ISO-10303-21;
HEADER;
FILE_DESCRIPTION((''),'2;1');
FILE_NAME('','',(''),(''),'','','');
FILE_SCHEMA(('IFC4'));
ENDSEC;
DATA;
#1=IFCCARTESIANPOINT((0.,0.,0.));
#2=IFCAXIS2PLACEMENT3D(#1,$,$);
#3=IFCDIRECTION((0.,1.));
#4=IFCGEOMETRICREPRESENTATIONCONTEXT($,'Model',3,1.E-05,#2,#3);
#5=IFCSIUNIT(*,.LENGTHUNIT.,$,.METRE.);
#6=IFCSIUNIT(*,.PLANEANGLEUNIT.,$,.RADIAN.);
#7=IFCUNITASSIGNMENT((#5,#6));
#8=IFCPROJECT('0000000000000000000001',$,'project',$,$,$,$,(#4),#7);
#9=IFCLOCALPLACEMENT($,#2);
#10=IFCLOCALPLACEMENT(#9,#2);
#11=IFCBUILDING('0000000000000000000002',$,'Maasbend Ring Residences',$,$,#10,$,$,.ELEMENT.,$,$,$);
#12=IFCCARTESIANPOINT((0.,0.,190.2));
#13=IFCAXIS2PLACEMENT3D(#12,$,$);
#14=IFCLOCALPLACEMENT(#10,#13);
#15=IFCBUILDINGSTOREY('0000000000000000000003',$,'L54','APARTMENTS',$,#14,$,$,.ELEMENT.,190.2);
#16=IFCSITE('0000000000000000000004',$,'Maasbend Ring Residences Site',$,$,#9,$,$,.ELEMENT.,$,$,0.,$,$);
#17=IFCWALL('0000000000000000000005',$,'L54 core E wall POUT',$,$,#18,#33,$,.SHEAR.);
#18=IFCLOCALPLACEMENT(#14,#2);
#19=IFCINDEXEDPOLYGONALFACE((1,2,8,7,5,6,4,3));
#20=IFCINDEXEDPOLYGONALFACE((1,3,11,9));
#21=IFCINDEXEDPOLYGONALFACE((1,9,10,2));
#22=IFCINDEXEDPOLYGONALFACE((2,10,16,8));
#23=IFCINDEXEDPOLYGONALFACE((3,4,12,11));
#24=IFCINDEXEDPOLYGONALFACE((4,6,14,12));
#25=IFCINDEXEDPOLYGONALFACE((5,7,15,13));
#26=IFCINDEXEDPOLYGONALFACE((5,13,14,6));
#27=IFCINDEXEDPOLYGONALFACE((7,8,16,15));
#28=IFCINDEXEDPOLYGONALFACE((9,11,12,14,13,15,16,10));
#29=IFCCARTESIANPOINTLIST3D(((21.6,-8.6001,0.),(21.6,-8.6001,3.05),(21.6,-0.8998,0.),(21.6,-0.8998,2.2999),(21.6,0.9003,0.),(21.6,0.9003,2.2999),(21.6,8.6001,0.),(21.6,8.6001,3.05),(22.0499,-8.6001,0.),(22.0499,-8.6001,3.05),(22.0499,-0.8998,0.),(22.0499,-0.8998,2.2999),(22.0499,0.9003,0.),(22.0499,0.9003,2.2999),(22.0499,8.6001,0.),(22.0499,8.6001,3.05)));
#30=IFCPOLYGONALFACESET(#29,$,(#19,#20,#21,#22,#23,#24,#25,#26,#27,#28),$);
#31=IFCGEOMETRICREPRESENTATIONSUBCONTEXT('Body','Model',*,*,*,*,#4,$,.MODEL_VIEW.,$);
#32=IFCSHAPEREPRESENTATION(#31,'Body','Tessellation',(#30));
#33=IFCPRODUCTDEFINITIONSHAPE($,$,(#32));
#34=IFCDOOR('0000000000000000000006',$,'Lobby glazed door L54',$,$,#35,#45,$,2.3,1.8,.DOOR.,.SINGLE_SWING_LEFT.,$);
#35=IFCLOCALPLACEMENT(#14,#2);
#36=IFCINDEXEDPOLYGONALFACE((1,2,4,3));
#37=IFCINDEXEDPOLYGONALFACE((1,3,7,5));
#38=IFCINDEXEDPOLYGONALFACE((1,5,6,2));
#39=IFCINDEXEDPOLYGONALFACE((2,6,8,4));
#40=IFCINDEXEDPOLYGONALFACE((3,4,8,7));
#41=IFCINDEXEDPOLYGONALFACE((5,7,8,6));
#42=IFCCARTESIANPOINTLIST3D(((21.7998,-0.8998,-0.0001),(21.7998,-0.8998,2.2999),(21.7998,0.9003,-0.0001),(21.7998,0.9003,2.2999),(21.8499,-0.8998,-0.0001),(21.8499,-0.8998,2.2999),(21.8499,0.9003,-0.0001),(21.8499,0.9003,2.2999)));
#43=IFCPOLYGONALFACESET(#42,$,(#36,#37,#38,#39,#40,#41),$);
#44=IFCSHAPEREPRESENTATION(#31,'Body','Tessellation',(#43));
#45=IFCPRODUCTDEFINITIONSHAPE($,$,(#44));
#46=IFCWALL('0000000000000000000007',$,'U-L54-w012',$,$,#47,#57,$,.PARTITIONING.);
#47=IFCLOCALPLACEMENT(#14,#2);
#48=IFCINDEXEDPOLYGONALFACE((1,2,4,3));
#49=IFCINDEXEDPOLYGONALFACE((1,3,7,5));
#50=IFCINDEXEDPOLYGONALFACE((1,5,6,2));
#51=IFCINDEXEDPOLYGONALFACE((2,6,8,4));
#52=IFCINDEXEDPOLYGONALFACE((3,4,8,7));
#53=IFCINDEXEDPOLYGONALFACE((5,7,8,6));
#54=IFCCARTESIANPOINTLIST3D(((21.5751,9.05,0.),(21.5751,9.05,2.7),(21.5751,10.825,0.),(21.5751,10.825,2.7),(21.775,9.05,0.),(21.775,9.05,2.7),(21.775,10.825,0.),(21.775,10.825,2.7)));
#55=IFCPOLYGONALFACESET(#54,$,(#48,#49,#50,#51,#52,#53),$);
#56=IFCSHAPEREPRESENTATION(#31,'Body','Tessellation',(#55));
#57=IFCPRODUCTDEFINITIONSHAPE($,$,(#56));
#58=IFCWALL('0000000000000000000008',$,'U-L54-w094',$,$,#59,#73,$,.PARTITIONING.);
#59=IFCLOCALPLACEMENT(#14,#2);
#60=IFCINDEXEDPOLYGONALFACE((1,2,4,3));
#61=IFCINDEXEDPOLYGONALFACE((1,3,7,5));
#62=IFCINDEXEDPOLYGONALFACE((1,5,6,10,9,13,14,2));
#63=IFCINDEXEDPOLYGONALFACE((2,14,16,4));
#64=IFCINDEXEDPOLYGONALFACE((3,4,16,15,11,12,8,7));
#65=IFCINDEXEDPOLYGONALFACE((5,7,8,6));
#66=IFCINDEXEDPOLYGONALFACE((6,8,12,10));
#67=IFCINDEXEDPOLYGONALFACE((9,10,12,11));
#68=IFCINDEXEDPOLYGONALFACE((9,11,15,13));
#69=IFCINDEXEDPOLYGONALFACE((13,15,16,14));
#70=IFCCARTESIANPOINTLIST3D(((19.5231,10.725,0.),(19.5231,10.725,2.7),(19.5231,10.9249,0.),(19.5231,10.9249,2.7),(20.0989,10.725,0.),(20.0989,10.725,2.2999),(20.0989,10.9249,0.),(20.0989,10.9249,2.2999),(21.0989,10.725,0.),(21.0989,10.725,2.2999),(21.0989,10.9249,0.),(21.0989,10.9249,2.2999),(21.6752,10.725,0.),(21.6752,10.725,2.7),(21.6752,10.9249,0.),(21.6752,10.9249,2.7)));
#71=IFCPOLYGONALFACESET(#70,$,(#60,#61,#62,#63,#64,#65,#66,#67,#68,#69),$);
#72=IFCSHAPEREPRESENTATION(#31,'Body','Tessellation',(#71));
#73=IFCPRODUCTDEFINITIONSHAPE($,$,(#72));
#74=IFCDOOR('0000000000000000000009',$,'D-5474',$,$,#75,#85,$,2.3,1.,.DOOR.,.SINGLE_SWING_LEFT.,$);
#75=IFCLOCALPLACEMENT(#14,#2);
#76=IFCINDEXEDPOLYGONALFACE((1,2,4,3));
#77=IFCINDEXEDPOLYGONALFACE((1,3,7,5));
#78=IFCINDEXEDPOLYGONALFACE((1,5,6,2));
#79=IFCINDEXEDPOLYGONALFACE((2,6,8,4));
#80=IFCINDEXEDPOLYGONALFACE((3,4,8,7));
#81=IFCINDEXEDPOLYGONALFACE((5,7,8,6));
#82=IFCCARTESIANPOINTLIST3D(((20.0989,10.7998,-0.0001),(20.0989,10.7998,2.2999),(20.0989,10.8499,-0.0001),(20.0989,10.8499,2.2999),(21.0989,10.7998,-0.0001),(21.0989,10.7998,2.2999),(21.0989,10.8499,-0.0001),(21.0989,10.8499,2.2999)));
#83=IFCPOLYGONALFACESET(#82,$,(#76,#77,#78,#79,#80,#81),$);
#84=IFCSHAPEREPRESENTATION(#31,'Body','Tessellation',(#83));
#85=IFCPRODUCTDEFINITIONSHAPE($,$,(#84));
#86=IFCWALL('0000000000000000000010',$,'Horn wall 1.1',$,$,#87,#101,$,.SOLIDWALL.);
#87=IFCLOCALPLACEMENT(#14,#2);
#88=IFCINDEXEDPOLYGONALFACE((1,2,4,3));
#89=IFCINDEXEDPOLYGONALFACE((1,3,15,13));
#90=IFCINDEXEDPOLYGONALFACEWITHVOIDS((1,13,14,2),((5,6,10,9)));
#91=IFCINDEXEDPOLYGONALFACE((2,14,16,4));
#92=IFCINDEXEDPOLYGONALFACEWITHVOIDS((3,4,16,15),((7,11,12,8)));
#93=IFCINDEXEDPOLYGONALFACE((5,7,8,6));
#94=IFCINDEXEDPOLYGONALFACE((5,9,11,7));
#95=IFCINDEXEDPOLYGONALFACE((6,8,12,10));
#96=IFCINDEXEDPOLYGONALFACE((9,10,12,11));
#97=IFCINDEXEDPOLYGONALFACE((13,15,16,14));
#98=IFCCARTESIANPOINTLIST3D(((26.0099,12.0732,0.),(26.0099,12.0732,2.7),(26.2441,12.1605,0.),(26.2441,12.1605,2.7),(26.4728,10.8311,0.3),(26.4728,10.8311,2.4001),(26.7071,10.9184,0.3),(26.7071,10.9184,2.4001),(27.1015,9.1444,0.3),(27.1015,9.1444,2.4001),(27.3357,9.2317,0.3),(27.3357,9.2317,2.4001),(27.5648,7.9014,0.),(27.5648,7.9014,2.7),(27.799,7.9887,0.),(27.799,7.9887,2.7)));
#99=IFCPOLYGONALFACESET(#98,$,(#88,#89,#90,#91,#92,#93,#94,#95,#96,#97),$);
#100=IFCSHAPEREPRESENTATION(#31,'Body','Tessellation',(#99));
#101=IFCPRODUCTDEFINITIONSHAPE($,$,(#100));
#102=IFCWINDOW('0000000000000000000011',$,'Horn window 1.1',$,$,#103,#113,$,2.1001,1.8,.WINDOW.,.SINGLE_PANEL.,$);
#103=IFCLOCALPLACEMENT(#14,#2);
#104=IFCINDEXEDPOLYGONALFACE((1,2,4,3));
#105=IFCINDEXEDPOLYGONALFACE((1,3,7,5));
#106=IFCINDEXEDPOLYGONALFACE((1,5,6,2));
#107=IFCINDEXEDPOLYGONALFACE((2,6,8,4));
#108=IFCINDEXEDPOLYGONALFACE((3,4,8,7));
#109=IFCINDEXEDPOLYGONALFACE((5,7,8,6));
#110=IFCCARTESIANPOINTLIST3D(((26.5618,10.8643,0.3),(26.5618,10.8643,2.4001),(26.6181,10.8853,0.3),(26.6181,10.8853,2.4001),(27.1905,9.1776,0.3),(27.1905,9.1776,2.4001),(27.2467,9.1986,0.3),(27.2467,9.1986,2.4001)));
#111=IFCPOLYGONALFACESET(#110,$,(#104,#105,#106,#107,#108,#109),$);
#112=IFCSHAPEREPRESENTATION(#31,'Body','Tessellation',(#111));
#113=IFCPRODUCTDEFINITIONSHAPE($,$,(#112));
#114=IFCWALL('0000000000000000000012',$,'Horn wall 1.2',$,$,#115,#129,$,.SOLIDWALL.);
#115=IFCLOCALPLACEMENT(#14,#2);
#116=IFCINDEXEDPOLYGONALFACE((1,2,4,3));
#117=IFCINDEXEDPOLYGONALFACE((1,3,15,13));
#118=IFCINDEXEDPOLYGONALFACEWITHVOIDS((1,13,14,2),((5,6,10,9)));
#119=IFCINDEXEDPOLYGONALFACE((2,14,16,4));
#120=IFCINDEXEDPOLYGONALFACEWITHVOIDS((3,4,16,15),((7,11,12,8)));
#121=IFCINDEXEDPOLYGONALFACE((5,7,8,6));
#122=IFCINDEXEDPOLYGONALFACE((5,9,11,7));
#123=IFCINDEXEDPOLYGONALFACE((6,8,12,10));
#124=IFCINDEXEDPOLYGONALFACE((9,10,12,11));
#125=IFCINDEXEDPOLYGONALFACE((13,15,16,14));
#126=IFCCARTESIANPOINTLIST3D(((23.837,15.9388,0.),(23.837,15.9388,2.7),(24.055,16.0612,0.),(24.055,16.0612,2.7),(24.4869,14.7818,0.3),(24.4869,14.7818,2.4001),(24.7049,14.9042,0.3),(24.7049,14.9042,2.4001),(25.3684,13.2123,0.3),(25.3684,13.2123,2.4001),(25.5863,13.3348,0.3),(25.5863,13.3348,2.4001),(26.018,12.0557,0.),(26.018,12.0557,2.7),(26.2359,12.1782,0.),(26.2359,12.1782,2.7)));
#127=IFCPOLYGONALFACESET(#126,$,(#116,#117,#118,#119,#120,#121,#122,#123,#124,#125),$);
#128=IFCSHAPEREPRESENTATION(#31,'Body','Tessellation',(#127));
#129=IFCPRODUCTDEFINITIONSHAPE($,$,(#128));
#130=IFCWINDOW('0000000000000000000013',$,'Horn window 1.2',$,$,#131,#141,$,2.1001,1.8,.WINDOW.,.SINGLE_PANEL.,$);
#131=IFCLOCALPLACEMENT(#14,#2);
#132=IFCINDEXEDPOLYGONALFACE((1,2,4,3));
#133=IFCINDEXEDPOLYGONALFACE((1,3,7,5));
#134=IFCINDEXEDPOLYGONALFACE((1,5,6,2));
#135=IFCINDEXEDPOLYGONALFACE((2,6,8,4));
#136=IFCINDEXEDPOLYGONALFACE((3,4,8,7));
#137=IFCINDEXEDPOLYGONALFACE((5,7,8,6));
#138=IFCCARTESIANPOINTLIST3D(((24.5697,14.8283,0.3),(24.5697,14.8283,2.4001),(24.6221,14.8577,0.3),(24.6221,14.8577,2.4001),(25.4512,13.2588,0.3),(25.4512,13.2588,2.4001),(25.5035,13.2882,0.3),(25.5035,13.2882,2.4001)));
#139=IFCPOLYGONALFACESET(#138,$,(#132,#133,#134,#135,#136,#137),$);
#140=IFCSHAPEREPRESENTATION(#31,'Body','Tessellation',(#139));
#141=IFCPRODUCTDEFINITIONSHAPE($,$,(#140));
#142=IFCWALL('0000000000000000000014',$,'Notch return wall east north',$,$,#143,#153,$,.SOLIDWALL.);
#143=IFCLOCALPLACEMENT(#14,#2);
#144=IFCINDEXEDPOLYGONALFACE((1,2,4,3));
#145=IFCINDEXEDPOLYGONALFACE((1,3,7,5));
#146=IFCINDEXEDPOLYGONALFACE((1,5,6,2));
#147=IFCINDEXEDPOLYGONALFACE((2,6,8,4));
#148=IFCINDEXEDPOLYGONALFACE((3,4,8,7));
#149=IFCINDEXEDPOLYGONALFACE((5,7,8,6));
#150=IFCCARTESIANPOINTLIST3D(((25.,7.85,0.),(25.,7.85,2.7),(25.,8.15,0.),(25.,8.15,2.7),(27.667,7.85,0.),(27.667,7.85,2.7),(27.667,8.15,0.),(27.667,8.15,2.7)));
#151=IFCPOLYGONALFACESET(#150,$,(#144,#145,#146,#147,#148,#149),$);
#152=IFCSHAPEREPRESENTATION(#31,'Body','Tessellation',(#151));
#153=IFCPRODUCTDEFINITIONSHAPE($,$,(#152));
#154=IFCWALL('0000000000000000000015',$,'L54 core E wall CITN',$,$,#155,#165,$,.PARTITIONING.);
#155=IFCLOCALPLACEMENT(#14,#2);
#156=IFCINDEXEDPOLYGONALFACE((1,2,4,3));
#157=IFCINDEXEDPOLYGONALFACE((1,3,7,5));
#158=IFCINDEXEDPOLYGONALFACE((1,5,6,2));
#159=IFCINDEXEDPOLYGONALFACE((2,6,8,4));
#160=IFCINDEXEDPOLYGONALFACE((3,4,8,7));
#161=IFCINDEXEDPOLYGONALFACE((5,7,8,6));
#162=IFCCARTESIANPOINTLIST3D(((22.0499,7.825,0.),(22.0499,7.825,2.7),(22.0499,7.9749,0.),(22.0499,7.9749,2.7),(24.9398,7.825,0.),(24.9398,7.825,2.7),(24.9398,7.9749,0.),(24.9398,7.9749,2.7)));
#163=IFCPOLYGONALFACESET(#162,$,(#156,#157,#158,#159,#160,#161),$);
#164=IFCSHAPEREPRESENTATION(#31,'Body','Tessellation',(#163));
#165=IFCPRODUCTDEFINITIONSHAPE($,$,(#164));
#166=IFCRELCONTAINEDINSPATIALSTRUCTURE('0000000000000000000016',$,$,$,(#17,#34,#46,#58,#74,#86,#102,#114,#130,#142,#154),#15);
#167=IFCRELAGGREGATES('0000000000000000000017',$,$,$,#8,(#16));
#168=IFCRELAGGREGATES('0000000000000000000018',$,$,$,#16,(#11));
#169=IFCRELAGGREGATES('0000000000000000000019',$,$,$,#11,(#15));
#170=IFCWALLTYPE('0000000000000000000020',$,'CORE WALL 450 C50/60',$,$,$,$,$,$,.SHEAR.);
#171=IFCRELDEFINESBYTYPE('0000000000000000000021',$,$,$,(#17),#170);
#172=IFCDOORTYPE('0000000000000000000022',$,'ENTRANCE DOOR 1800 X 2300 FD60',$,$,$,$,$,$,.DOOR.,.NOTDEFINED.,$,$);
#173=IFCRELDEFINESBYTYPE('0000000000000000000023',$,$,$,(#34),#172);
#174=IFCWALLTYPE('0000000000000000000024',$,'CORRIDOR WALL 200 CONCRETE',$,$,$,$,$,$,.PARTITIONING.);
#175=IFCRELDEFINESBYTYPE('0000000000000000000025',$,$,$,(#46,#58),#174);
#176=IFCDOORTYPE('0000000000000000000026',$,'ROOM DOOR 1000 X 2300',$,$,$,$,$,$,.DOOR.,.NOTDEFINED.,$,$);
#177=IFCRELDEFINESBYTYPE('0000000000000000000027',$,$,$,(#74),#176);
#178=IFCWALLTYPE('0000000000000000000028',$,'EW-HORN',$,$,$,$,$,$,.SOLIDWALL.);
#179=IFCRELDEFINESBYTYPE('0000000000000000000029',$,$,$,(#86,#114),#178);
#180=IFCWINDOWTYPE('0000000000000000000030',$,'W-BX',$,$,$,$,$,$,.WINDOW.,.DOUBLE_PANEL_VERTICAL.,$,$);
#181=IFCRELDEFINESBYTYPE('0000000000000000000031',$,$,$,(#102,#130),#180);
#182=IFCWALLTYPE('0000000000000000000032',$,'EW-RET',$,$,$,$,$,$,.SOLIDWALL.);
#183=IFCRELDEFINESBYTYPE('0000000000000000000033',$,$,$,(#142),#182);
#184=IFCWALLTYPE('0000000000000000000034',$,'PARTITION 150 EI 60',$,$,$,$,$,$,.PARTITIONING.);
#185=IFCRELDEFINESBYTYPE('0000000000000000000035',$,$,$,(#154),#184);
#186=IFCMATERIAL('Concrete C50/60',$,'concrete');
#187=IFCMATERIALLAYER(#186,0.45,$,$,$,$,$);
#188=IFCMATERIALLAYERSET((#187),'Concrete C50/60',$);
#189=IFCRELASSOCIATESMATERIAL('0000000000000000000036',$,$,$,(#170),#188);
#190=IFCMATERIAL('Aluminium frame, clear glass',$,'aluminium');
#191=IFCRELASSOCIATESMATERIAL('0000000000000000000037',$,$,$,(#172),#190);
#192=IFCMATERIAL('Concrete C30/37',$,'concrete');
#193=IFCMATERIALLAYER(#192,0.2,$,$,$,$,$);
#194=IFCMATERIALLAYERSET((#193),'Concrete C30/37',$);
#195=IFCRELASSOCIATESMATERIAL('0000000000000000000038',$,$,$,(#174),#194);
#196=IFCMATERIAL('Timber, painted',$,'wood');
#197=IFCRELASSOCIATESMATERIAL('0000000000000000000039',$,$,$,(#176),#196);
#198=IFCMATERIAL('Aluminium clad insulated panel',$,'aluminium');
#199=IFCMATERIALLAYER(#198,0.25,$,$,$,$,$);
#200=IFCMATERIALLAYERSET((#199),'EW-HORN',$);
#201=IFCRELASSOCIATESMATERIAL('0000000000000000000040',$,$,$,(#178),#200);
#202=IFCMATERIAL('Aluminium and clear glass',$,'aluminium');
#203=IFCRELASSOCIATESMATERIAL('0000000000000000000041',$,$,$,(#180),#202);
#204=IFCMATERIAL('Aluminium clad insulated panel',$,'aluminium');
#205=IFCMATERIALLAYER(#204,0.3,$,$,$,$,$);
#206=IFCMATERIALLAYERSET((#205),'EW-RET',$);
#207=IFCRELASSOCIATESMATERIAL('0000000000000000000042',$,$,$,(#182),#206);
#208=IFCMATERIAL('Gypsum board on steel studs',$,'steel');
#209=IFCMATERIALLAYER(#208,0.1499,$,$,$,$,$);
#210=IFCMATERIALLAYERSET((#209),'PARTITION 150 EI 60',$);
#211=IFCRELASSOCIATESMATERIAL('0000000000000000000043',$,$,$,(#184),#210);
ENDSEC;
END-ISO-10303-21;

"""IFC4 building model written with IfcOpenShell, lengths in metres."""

from ifc_helpers import new_model, si_unit, direction, frame, frame_2d, origin, place, context, subcontext, project, spatial, rectangle, extrude, material, layer, layer_set, type_object, element, fill, save


model = new_model("IFC4")

# Units and contexts
model_context = context("Model", 3, precision=1e-05, world=origin(), true_north=direction((0.0, 1.0)))
body_context = subcontext(model_context, "Body", "Model", "MODEL_VIEW")
ifc_project = project(units=[si_unit("LENGTHUNIT", "METRE"), si_unit("PLANEANGLEUNIT", "RADIAN")], contexts=[model_context])

# Site, building, storey
site_placement = place(None, origin())
site = spatial("IfcSite", under=ifc_project, at=site_placement, Name="Maasbend Ring Residences Site", CompositionType="ELEMENT", RefElevation=0.0)
building_placement = place(site_placement, origin())
building = spatial("IfcBuilding", under=site, at=building_placement, Name="Maasbend Ring Residences", CompositionType="ELEMENT")
storey_placement = place(building_placement, frame((0.0, 0.0, 190.2)))
storey = spatial("IfcBuildingStorey", under=building, at=storey_placement, Name="L54", Description="APARTMENTS", CompositionType="ELEMENT", Elevation=190.2)

# Wall, opening, door
ifc_material_1 = material(Name="Concrete C50/60", Category="concrete")
ifc_layer_1 = layer(ifc_material_1, 0.45)
ifc_layer_set_1 = layer_set([ifc_layer_1], Name="Concrete C50/60")
wall_type_1 = type_object("IfcWallType", Name="CORE WALL 450 C50/60", PredefinedType="SHEAR", material=ifc_layer_set_1)
wall_1_placement = place(storey_placement, frame((21.825, 8.6001, 0.0), z_axis=(0.0, 0.0, 1.0), x_axis=(0.0, -1.0, 0.0)))
wall_1 = element("IfcWall", 1, at=wall_1_placement, inside=storey, type_object=wall_type_1, Name="L54 core E wall POUT", PredefinedType="SHEAR", context=body_context, shape_type="SweptSolid", body=[
    extrude(rectangle(XDim=17.2002, YDim=0.45, at=frame_2d((8.6001, 0.0))), origin(), (0.0, 0.0, 1.0), 3.05),
])
opening_1_placement = place(wall_1_placement, frame((7.7, 0.0, 0.0)))
opening_1 = element("IfcOpeningElement", 2, at=opening_1_placement, cuts=wall_1, PredefinedType="OPENING", context=body_context, shape_type="SweptSolid", body=[
    extrude(rectangle(XDim=1.8, YDim=2.3, at=frame_2d((0.8999, 1.1499))), frame((0.0, 0.2349, 0.0), z_axis=(0.0, -1.0, 0.0), x_axis=(1.0, 0.0, 0.0)), (0.0, 0.0, 1.0), 0.47),
])
ifc_material_2 = material(Name="Aluminium frame, clear glass", Category="aluminium")
door_type_1 = type_object("IfcDoorType", Name="ENTRANCE DOOR 1800 X 2300 FD60", OperationType="NOTDEFINED", PredefinedType="DOOR", material=ifc_material_2)
door_1_placement = place(opening_1_placement, origin())
door_1 = element("IfcDoor", 3, at=door_1_placement, inside=storey, type_object=door_type_1, Name="Lobby glazed door L54", OperationType="SINGLE_SWING_LEFT", OverallHeight=2.3, OverallWidth=1.8, PredefinedType="DOOR", context=body_context, shape_type="SweptSolid", body=[
    extrude(rectangle(XDim=1.8, YDim=2.3, at=frame_2d((0.8999, 1.1499))), frame((0.0, 0.0249, 0.0), z_axis=(0.0, -1.0, 0.0), x_axis=(1.0, 0.0, 0.0)), (0.0, 0.0, 1.0), 0.05),
])
fill(opening_1, door_1)

# Wall
ifc_material_3 = material(Name="Concrete C30/37", Category="concrete")
ifc_layer_2 = layer(ifc_material_3, 0.2)
ifc_layer_set_2 = layer_set([ifc_layer_2], Name="Concrete C30/37")
wall_type_2 = type_object("IfcWallType", Name="CORRIDOR WALL 200 CONCRETE", PredefinedType="PARTITIONING", material=ifc_layer_set_2)
wall_2_placement = place(storey_placement, frame((21.675, 9.05, 0.0), z_axis=(0.0, 0.0, 1.0), x_axis=(0.0, 1.0, 0.0)))
element("IfcWall", 4, at=wall_2_placement, inside=storey, type_object=wall_type_2, Name="U-L54-w012", PredefinedType="PARTITIONING", context=body_context, shape_type="SweptSolid", body=[
    extrude(rectangle(XDim=1.7749, YDim=0.2, at=frame_2d((0.8875, 0.0))), origin(), (0.0, 0.0, 1.0), 2.7),
])

# Wall, opening, door
wall_3_placement = place(storey_placement, frame((19.5229, 10.825, 0.0), z_axis=(0.0, 0.0, 1.0), x_axis=(1.0, 0.0, 0.0)))
wall_3 = element("IfcWall", 5, at=wall_3_placement, inside=storey, type_object=wall_type_2, Name="U-L54-w094", PredefinedType="PARTITIONING", context=body_context, shape_type="SweptSolid", body=[
    extrude(rectangle(XDim=2.1521, YDim=0.2, at=frame_2d((1.0762, 0.0))), origin(), (0.0, 0.0, 1.0), 2.7),
])
opening_2_placement = place(wall_3_placement, frame((0.5759, 0.0, 0.0)))
opening_2 = element("IfcOpeningElement", 6, at=opening_2_placement, cuts=wall_3, PredefinedType="OPENING", context=body_context, shape_type="SweptSolid", body=[
    extrude(rectangle(XDim=1.0, YDim=2.3, at=frame_2d((0.5, 1.1499))), frame((0.0, 0.1099, 0.0), z_axis=(0.0, -1.0, 0.0), x_axis=(1.0, 0.0, 0.0)), (0.0, 0.0, 1.0), 0.22),
])
ifc_material_4 = material(Name="Timber, painted", Category="wood")
door_type_2 = type_object("IfcDoorType", Name="ROOM DOOR 1000 X 2300", OperationType="NOTDEFINED", PredefinedType="DOOR", material=ifc_material_4)
door_2_placement = place(opening_2_placement, origin())
door_2 = element("IfcDoor", 7, at=door_2_placement, inside=storey, type_object=door_type_2, Name="D-5474", OperationType="SINGLE_SWING_LEFT", OverallHeight=2.3, OverallWidth=1.0, PredefinedType="DOOR", context=body_context, shape_type="SweptSolid", body=[
    extrude(rectangle(XDim=1.0, YDim=2.3, at=frame_2d((0.5, 1.1499))), frame((0.0, 0.0249, 0.0), z_axis=(0.0, -1.0, 0.0), x_axis=(1.0, 0.0, 0.0)), (0.0, 0.0, 1.0), 0.05),
])
fill(opening_2, door_2)

# Walls, openings, windows
ifc_material_5 = material(Name="Aluminium clad insulated panel", Category="aluminium")
ifc_layer_3 = layer(ifc_material_5, 0.25)
ifc_layer_set_3 = layer_set([ifc_layer_3], Name="EW-HORN")
wall_type_3 = type_object("IfcWallType", Name="EW-HORN", PredefinedType="SOLIDWALL", material=ifc_layer_set_3)
wall_4_placement = place(storey_placement, frame((27.6819, 7.9451, 0.0), z_axis=(0.0, 0.0, 1.0), x_axis=(-0.349248, 0.93703, 0.0)))
wall_4 = element("IfcWall", 8, at=wall_4_placement, inside=storey, type_object=wall_type_3, Name="Horn wall 1.1", PredefinedType="SOLIDWALL", context=body_context, shape_type="SweptSolid", body=[
    extrude(rectangle(XDim=4.4521, YDim=0.25, at=frame_2d((2.2261, 0.0))), origin(), (0.0, 0.0, 1.0), 2.7),
])
opening_3_placement = place(wall_4_placement, frame((1.3267, 0.0, 0.3)))
opening_3 = element("IfcOpeningElement", 9, at=opening_3_placement, cuts=wall_4, PredefinedType="OPENING", context=body_context, shape_type="SweptSolid", body=[
    extrude(rectangle(XDim=1.8, YDim=2.1001, at=frame_2d((0.8999, 1.05))), frame((0.0, 0.135, 0.0), z_axis=(0.0, -1.0, 0.0), x_axis=(1.0, 0.0, 0.0)), (0.0, 0.0, 1.0), 0.27),
])
ifc_material_6 = material(Name="Aluminium and clear glass", Category="aluminium")
window_type = type_object("IfcWindowType", Name="W-BX", PartitioningType="DOUBLE_PANEL_VERTICAL", PredefinedType="WINDOW", material=ifc_material_6)
window_1_placement = place(opening_3_placement, origin())
window_1 = element("IfcWindow", 10, at=window_1_placement, inside=storey, type_object=window_type, Name="Horn window 1.1", OverallHeight=2.1001, OverallWidth=1.8, PartitioningType="SINGLE_PANEL", PredefinedType="WINDOW", context=body_context, shape_type="SweptSolid", body=[
    extrude(rectangle(XDim=1.8, YDim=2.1001, at=frame_2d((0.8999, 1.05))), frame((0.0, 0.03, 0.0), z_axis=(0.0, -1.0, 0.0), x_axis=(1.0, 0.0, 0.0)), (0.0, 0.0, 1.0), 0.0601),
])
fill(opening_3, window_1)
wall_5_placement = place(storey_placement, frame((26.127, 12.1169, 0.0), z_axis=(0.0, 0.0, 1.0), x_axis=(-0.489696, 0.871893, 0.0)))
wall_5 = element("IfcWall", 11, at=wall_5_placement, inside=storey, type_object=wall_type_3, Name="Horn wall 1.2", PredefinedType="SOLIDWALL", context=body_context, shape_type="SweptSolid", body=[
    extrude(rectangle(XDim=4.4536, YDim=0.25, at=frame_2d((2.2268, 0.0))), origin(), (0.0, 0.0, 1.0), 2.7),
])
opening_4_placement = place(wall_5_placement, frame((1.3267, 0.0, 0.3)))
opening_4 = element("IfcOpeningElement", 12, at=opening_4_placement, cuts=wall_5, PredefinedType="OPENING", context=body_context, shape_type="SweptSolid", body=[
    extrude(rectangle(XDim=1.8, YDim=2.1001, at=frame_2d((0.8999, 1.05))), frame((0.0, 0.135, 0.0), z_axis=(0.0, -1.0, 0.0), x_axis=(1.0, 0.0, 0.0)), (0.0, 0.0, 1.0), 0.27),
])
window_2_placement = place(opening_4_placement, origin())
window_2 = element("IfcWindow", 13, at=window_2_placement, inside=storey, type_object=window_type, Name="Horn window 1.2", OverallHeight=2.1001, OverallWidth=1.8, PartitioningType="SINGLE_PANEL", PredefinedType="WINDOW", context=body_context, shape_type="SweptSolid", body=[
    extrude(rectangle(XDim=1.8, YDim=2.1001, at=frame_2d((0.8999, 1.05))), frame((0.0, 0.03, 0.0), z_axis=(0.0, -1.0, 0.0), x_axis=(1.0, 0.0, 0.0)), (0.0, 0.0, 1.0), 0.0601),
])
fill(opening_4, window_2)

# Walls
ifc_material_7 = material(Name="Aluminium clad insulated panel", Category="aluminium")
ifc_layer_4 = layer(ifc_material_7, 0.3)
ifc_layer_set_4 = layer_set([ifc_layer_4], Name="EW-RET")
wall_type_4 = type_object("IfcWallType", Name="EW-RET", PredefinedType="SOLIDWALL", material=ifc_layer_set_4)
wall_6_placement = place(storey_placement, frame((25.0, 8.0, 0.0), z_axis=(0.0, 0.0, 1.0), x_axis=(1.0, 0.0, 0.0)))
element("IfcWall", 14, at=wall_6_placement, inside=storey, type_object=wall_type_4, Name="Notch return wall east north", PredefinedType="SOLIDWALL", context=body_context, shape_type="SweptSolid", body=[
    extrude(rectangle(XDim=2.667, YDim=0.3, at=frame_2d((1.3335, 0.0))), origin(), (0.0, 0.0, 1.0), 2.7),
])
ifc_material_8 = material(Name="Gypsum board on steel studs", Category="steel")
ifc_layer_5 = layer(ifc_material_8, 0.1499)
ifc_layer_set_5 = layer_set([ifc_layer_5], Name="PARTITION 150 EI 60")
wall_type_5 = type_object("IfcWallType", Name="PARTITION 150 EI 60", PredefinedType="PARTITIONING", material=ifc_layer_set_5)
wall_7_placement = place(storey_placement, frame((22.05, 7.8999, 0.0), z_axis=(0.0, 0.0, 1.0), x_axis=(1.0, 0.0, 0.0)))
element("IfcWall", 15, at=wall_7_placement, inside=storey, type_object=wall_type_5, Name="L54 core E wall CITN", PredefinedType="PARTITIONING", context=body_context, shape_type="SweptSolid", body=[
    extrude(rectangle(XDim=2.8899, YDim=0.1499, at=frame_2d((1.4448, 0.0))), origin(), (0.0, 0.0, 1.0), 2.7),
])

save(model, "model.ifc")
